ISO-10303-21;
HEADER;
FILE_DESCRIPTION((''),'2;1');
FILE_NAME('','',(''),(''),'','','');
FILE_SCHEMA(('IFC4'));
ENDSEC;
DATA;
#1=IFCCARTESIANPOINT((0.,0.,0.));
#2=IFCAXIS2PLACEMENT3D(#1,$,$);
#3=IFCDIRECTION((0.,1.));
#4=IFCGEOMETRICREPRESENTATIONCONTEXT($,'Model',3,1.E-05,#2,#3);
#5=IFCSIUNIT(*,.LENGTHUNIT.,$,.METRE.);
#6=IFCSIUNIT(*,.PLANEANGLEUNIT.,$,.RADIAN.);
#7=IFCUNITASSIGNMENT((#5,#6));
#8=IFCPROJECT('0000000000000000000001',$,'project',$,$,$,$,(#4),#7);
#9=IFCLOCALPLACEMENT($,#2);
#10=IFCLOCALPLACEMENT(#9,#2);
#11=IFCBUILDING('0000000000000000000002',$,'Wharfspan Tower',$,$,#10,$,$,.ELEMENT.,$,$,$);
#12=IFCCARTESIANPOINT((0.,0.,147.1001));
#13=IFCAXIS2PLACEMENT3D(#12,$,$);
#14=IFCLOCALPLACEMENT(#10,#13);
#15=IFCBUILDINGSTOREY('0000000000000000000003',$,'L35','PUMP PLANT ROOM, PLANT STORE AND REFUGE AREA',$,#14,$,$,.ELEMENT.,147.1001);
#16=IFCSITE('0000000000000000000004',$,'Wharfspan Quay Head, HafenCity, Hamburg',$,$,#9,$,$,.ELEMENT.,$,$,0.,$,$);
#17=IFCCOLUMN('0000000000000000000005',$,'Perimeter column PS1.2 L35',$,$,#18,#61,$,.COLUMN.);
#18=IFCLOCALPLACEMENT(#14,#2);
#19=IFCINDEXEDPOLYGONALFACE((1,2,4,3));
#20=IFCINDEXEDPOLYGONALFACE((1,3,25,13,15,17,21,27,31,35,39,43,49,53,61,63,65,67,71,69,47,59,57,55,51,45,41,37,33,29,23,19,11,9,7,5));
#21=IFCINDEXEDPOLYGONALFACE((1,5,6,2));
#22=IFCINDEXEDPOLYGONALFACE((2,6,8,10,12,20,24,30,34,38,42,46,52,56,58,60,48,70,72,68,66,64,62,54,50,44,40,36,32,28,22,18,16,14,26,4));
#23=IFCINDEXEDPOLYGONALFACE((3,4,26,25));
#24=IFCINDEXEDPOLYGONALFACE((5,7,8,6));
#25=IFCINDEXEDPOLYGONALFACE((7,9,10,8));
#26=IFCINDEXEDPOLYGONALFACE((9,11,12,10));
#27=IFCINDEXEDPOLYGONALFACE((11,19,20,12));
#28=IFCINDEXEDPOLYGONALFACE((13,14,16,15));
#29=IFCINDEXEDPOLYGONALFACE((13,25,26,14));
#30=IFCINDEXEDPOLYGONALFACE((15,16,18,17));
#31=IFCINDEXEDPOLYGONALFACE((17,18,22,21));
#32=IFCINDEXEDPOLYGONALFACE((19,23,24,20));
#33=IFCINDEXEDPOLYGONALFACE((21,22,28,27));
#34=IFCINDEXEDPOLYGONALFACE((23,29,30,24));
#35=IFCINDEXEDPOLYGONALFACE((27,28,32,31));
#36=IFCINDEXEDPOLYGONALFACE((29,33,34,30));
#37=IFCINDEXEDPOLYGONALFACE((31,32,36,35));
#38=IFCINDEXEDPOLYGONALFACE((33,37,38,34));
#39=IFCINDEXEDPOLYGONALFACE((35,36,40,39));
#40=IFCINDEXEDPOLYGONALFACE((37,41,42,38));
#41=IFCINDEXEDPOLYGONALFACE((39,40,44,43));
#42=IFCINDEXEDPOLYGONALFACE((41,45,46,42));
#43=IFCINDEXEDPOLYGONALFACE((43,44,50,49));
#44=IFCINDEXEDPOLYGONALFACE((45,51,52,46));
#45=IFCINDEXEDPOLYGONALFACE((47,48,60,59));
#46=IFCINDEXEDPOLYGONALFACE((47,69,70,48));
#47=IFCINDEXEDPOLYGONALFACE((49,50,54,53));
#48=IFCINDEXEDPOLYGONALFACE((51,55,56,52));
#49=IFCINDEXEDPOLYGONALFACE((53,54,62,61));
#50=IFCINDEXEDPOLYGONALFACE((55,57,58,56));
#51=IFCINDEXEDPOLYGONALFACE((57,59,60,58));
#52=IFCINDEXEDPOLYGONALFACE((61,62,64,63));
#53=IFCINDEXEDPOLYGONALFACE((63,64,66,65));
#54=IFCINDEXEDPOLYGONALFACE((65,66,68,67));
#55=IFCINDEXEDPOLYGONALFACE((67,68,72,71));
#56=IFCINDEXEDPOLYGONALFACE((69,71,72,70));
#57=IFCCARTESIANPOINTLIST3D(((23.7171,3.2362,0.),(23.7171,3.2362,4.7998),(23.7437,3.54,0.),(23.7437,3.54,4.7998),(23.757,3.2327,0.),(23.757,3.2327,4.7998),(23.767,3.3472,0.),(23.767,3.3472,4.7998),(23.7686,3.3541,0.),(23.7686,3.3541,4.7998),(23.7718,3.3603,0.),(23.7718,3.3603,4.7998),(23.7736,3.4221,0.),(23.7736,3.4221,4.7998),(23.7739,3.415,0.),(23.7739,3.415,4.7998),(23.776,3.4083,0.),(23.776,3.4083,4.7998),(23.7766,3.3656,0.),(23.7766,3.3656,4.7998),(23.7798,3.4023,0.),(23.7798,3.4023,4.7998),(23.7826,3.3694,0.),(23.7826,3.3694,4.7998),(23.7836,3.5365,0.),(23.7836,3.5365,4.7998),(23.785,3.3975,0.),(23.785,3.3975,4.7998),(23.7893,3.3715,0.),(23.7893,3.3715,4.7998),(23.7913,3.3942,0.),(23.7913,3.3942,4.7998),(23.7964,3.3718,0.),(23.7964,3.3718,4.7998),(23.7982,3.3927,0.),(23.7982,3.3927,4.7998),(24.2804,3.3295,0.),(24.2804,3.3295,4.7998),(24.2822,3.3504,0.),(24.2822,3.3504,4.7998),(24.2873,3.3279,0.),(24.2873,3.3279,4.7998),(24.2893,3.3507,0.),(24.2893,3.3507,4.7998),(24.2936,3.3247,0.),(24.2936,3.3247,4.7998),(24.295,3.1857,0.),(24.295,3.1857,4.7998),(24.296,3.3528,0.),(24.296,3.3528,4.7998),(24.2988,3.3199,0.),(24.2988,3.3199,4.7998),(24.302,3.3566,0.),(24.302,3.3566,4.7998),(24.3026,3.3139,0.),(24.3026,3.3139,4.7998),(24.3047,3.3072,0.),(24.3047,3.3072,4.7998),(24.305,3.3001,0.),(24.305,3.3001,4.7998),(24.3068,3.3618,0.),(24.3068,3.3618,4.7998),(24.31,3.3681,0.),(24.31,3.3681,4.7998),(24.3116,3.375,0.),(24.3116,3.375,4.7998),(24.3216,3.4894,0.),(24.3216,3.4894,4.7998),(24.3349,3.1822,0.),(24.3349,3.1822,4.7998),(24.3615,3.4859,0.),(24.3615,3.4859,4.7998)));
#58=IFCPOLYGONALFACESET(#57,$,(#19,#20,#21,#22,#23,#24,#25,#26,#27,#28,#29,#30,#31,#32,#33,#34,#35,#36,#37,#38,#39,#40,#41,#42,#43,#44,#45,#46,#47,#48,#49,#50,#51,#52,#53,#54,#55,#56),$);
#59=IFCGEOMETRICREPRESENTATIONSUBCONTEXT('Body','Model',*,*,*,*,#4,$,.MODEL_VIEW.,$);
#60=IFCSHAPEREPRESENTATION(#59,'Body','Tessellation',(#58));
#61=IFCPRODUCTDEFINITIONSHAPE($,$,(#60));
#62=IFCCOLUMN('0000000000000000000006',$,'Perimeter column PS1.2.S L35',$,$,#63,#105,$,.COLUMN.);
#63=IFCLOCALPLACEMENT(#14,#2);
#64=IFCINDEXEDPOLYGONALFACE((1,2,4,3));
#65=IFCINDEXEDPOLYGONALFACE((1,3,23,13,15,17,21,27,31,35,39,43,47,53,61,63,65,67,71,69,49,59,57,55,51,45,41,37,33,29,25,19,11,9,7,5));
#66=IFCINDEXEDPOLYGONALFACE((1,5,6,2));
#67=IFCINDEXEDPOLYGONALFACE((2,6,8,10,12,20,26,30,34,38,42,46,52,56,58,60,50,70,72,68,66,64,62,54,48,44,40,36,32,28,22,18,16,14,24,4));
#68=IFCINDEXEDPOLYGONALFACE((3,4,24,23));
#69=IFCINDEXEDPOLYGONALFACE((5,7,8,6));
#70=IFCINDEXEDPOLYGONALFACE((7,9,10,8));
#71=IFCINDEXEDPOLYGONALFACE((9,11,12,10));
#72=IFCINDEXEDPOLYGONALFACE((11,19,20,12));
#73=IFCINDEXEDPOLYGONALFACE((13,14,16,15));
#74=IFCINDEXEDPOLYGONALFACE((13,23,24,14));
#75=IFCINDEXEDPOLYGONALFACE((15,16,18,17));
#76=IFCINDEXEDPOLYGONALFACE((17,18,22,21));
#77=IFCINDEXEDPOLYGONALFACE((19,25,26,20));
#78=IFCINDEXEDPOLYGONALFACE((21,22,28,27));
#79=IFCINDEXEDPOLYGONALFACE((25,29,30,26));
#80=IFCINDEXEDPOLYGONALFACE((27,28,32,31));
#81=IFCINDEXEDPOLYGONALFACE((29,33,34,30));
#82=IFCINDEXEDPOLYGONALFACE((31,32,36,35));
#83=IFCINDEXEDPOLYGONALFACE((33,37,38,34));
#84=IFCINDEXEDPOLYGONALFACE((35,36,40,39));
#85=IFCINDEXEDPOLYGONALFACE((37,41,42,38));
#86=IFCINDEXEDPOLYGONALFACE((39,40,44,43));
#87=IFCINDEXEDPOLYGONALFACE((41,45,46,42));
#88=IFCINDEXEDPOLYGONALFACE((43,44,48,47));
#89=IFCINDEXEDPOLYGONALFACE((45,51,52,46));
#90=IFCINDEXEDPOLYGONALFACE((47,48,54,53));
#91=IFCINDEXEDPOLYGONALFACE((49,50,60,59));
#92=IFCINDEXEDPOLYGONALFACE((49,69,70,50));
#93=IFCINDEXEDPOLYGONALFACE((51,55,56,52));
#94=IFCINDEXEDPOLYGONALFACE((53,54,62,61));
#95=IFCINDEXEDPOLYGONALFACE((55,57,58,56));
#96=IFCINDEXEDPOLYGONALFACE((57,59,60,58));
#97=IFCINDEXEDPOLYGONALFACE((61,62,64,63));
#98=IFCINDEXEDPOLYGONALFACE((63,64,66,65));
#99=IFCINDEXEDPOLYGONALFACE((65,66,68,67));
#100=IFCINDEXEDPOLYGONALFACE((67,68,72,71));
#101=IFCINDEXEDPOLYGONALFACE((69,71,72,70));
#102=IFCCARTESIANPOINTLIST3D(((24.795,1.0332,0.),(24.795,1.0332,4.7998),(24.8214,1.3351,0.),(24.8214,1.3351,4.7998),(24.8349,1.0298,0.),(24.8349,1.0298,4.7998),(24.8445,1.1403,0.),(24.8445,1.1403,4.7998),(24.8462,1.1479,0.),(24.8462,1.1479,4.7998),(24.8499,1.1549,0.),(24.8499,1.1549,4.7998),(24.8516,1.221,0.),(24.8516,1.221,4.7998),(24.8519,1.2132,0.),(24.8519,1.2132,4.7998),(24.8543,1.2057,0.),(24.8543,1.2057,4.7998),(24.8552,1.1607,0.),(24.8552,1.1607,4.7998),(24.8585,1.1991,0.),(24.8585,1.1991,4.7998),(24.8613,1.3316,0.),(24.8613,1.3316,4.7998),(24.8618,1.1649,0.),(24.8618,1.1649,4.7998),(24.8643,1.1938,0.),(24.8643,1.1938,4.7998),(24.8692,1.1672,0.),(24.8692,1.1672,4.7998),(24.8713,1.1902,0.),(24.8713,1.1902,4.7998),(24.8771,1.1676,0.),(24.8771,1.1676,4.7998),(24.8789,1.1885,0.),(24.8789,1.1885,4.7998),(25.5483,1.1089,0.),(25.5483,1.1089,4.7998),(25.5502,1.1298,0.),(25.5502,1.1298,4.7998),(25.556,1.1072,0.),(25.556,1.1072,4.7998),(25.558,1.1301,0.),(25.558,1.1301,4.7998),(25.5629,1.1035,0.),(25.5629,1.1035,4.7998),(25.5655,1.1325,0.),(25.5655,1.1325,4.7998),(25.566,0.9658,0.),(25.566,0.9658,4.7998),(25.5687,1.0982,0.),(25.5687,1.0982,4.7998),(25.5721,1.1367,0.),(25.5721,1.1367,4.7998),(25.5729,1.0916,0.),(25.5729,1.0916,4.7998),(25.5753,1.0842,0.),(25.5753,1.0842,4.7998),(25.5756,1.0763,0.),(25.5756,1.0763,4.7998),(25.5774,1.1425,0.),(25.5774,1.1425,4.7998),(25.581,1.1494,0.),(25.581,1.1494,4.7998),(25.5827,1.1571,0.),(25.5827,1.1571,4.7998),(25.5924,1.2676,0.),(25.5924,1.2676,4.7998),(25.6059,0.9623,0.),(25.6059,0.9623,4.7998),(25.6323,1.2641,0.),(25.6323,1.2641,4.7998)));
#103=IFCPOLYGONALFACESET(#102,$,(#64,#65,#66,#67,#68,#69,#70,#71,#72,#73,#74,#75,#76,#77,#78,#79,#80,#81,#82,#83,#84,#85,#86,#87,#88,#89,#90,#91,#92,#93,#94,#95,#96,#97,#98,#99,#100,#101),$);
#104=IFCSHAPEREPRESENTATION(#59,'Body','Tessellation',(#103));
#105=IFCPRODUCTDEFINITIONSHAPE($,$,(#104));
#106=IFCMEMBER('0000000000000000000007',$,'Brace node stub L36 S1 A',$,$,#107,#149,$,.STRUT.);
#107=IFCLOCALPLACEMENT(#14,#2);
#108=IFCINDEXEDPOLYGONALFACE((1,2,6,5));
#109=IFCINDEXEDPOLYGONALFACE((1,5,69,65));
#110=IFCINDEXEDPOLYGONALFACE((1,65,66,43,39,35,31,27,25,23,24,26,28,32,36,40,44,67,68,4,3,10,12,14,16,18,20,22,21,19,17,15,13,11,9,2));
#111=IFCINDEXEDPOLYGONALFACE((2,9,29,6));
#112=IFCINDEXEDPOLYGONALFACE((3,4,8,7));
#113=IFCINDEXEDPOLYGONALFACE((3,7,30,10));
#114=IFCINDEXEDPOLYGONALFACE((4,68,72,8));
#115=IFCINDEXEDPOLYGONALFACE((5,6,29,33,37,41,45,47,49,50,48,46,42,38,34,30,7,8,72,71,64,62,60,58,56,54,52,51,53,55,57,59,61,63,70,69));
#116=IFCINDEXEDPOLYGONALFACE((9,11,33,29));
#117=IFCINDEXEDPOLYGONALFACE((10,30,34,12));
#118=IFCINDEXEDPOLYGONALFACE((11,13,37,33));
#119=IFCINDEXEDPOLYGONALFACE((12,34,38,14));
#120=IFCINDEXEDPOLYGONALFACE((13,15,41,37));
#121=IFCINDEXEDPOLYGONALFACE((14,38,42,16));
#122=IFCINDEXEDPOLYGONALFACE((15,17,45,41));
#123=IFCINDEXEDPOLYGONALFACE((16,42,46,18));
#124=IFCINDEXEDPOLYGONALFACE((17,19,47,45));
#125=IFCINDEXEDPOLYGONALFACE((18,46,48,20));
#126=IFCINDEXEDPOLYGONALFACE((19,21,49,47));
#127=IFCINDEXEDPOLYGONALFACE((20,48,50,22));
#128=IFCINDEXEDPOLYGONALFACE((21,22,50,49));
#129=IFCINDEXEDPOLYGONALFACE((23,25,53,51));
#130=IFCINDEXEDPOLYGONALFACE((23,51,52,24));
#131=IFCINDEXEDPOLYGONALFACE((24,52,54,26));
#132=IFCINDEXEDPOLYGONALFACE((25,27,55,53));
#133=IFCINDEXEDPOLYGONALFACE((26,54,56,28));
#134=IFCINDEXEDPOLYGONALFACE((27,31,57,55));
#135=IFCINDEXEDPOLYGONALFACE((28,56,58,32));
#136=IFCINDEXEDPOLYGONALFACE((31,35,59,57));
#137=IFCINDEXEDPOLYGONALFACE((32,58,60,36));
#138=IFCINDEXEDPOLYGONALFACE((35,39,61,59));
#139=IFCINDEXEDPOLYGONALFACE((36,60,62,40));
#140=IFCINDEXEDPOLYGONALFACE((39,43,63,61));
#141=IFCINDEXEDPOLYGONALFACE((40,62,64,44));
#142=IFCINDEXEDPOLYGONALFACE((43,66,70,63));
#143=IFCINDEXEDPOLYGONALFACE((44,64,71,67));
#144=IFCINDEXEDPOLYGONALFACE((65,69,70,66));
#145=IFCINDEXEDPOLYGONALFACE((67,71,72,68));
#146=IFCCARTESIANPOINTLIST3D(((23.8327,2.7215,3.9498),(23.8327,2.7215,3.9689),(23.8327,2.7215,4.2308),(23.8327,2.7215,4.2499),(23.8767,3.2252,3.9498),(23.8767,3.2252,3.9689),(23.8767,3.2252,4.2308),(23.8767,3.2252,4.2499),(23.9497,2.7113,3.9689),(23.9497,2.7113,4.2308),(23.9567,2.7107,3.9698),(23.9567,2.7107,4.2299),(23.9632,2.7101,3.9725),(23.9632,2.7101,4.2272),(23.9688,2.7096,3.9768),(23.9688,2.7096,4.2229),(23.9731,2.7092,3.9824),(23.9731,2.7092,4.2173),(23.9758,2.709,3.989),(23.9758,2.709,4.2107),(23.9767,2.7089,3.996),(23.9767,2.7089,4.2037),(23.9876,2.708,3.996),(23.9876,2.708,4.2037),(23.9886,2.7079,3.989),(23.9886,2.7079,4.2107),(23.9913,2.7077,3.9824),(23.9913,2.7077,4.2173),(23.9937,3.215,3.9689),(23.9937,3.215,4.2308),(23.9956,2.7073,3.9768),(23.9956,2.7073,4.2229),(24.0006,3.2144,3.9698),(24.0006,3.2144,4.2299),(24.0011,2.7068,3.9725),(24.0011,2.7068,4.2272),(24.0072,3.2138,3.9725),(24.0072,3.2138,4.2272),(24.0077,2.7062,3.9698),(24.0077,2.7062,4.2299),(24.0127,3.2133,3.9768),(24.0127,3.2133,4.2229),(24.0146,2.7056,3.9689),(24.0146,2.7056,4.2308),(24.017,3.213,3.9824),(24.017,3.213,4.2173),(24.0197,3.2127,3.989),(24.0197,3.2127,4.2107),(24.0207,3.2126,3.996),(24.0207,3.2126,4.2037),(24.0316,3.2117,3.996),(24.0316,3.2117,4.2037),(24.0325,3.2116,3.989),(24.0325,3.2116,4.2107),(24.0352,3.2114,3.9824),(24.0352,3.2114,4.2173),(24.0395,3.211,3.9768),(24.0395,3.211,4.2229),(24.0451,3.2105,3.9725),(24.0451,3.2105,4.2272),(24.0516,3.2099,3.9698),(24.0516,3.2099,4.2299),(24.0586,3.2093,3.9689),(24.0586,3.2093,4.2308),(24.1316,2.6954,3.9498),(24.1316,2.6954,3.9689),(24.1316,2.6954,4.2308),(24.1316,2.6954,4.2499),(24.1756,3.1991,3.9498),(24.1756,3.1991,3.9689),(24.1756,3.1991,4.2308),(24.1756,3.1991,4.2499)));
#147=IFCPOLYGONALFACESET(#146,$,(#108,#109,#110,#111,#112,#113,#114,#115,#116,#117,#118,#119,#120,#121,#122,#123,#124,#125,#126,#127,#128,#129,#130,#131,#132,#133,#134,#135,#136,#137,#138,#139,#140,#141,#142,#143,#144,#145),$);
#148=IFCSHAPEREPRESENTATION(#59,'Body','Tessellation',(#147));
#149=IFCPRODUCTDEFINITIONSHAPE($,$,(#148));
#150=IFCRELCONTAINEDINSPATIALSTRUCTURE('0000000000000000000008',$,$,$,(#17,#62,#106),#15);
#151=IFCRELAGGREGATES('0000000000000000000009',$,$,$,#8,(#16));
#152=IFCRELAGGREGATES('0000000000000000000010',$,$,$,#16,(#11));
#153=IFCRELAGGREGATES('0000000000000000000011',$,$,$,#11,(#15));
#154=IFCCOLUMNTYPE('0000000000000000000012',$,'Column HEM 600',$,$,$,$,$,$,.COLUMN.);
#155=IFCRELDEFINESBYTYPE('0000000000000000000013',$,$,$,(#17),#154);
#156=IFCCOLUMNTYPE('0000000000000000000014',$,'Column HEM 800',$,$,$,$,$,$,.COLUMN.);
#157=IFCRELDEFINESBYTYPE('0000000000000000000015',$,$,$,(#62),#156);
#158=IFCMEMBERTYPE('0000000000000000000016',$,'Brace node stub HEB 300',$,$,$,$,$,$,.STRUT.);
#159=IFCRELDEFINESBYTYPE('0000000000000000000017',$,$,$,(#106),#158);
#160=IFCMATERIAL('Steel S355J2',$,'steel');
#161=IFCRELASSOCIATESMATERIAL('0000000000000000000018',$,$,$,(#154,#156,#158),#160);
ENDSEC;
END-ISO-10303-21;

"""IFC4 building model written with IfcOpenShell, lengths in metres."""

from ifc_helpers import new_model, si_unit, direction, frame, origin, origin_2d, place, context, subcontext, project, spatial, i_section, extrude, material, material_profile, profile_set, type_object, element, save


model = new_model("IFC4")

# Units and contexts
model_context = context("Model", 3, precision=1e-05, world=origin(), true_north=direction((0.0, 1.0)))
body_context = subcontext(model_context, "Body", "Model", "MODEL_VIEW")
ifc_project = project(units=[si_unit("LENGTHUNIT", "METRE"), si_unit("PLANEANGLEUNIT", "RADIAN")], contexts=[model_context])

# Site, building, storey
site_placement = place(None, origin())
site = spatial("IfcSite", under=ifc_project, at=site_placement, Name="Wharfspan Quay Head, HafenCity, Hamburg", CompositionType="ELEMENT", RefElevation=0.0)
building_placement = place(site_placement, origin())
building = spatial("IfcBuilding", under=site, at=building_placement, Name="Wharfspan Tower", CompositionType="ELEMENT")
storey_placement = place(building_placement, frame((0.0, 0.0, 147.1001)))
storey = spatial("IfcBuildingStorey", under=building, at=storey_placement, Name="L35", Description="PUMP PLANT ROOM, PLANT STORE AND REFUGE AREA", CompositionType="ELEMENT", Elevation=147.1001)

# Columns
ifc_material_1 = material(Name="Steel S355J2", Category="steel")
ifc_material_profile_1 = material_profile(ifc_material_1, i_section(OverallWidth=0.3049, OverallDepth=0.6201, WebThickness=0.021, FlangeThickness=0.04, FilletRadius=0.0271, at=origin_2d()))
ifc_profile_set_1 = profile_set([ifc_material_profile_1], Name="Steel S355J2")
column_type_1 = type_object("IfcColumnType", Name="Column HEM 600", PredefinedType="COLUMN", material=ifc_profile_set_1)
column_1_placement = place(storey_placement, frame((24.0393, 3.3611, 0.0), z_axis=(0.0, 0.0, 1.0), x_axis=(-0.087156, -0.996198, 0.0)))
element("IfcColumn", 1, at=column_1_placement, inside=storey, type_object=column_type_1, Name="Perimeter column PS1.2 L35", PredefinedType="COLUMN", context=body_context, shape_type="SweptSolid", body=[
    extrude(i_section(OverallWidth=0.3049, OverallDepth=0.6201, WebThickness=0.021, FlangeThickness=0.04, FilletRadius=0.0271, at=origin_2d()), origin(), (0.0, 0.0, 1.0), 4.7998),
])
ifc_material_profile_2 = material_profile(ifc_material_1, i_section(OverallWidth=0.303, OverallDepth=0.814, WebThickness=0.021, FlangeThickness=0.04, FilletRadius=0.03, at=origin_2d()))
ifc_profile_set_2 = profile_set([ifc_material_profile_2], Name="Steel S355J2")
column_type_2 = type_object("IfcColumnType", Name="Column HEM 800", PredefinedType="COLUMN", material=ifc_profile_set_2)
column_2_placement = place(storey_placement, frame((25.2136, 1.1487, 0.0), z_axis=(0.0, 0.0, 1.0), x_axis=(-0.087156, -0.996198, 0.0)))
element("IfcColumn", 2, at=column_2_placement, inside=storey, type_object=column_type_2, Name="Perimeter column PS1.2.S L35", PredefinedType="COLUMN", context=body_context, shape_type="SweptSolid", body=[
    extrude(i_section(OverallWidth=0.303, OverallDepth=0.814, WebThickness=0.021, FlangeThickness=0.04, FilletRadius=0.03, at=origin_2d()), origin(), (0.0, 0.0, 1.0), 4.7998),
])

# Member
ifc_material_profile_3 = material_profile(ifc_material_1, i_section(OverallWidth=0.3, OverallDepth=0.3, WebThickness=0.011, FlangeThickness=0.019, FilletRadius=0.0271, at=origin_2d()))
ifc_profile_set_3 = profile_set([ifc_material_profile_3], Name="Steel S355J2")
member_type_1 = type_object("IfcMemberType", Name="Brace node stub HEB 300", PredefinedType="STRUT", material=ifc_profile_set_3)
member_1_placement = place(storey_placement, frame((24.0261, 3.2122, 4.0999), z_axis=(-0.086921, -0.996215, 0.0), x_axis=(0.996215, -0.086921, 0.0)))
element("IfcMember", 3, at=member_1_placement, inside=storey, type_object=member_type_1, Name="Brace node stub L36 S1 A", PredefinedType="STRUT", context=body_context, shape_type="SweptSolid", body=[
    extrude(i_section(OverallWidth=0.3, OverallDepth=0.3, WebThickness=0.011, FlangeThickness=0.019, FilletRadius=0.0271, at=origin_2d()), origin(), (0.0, 0.0, 1.0), 0.5056),
])

save(model, "model.ifc")
